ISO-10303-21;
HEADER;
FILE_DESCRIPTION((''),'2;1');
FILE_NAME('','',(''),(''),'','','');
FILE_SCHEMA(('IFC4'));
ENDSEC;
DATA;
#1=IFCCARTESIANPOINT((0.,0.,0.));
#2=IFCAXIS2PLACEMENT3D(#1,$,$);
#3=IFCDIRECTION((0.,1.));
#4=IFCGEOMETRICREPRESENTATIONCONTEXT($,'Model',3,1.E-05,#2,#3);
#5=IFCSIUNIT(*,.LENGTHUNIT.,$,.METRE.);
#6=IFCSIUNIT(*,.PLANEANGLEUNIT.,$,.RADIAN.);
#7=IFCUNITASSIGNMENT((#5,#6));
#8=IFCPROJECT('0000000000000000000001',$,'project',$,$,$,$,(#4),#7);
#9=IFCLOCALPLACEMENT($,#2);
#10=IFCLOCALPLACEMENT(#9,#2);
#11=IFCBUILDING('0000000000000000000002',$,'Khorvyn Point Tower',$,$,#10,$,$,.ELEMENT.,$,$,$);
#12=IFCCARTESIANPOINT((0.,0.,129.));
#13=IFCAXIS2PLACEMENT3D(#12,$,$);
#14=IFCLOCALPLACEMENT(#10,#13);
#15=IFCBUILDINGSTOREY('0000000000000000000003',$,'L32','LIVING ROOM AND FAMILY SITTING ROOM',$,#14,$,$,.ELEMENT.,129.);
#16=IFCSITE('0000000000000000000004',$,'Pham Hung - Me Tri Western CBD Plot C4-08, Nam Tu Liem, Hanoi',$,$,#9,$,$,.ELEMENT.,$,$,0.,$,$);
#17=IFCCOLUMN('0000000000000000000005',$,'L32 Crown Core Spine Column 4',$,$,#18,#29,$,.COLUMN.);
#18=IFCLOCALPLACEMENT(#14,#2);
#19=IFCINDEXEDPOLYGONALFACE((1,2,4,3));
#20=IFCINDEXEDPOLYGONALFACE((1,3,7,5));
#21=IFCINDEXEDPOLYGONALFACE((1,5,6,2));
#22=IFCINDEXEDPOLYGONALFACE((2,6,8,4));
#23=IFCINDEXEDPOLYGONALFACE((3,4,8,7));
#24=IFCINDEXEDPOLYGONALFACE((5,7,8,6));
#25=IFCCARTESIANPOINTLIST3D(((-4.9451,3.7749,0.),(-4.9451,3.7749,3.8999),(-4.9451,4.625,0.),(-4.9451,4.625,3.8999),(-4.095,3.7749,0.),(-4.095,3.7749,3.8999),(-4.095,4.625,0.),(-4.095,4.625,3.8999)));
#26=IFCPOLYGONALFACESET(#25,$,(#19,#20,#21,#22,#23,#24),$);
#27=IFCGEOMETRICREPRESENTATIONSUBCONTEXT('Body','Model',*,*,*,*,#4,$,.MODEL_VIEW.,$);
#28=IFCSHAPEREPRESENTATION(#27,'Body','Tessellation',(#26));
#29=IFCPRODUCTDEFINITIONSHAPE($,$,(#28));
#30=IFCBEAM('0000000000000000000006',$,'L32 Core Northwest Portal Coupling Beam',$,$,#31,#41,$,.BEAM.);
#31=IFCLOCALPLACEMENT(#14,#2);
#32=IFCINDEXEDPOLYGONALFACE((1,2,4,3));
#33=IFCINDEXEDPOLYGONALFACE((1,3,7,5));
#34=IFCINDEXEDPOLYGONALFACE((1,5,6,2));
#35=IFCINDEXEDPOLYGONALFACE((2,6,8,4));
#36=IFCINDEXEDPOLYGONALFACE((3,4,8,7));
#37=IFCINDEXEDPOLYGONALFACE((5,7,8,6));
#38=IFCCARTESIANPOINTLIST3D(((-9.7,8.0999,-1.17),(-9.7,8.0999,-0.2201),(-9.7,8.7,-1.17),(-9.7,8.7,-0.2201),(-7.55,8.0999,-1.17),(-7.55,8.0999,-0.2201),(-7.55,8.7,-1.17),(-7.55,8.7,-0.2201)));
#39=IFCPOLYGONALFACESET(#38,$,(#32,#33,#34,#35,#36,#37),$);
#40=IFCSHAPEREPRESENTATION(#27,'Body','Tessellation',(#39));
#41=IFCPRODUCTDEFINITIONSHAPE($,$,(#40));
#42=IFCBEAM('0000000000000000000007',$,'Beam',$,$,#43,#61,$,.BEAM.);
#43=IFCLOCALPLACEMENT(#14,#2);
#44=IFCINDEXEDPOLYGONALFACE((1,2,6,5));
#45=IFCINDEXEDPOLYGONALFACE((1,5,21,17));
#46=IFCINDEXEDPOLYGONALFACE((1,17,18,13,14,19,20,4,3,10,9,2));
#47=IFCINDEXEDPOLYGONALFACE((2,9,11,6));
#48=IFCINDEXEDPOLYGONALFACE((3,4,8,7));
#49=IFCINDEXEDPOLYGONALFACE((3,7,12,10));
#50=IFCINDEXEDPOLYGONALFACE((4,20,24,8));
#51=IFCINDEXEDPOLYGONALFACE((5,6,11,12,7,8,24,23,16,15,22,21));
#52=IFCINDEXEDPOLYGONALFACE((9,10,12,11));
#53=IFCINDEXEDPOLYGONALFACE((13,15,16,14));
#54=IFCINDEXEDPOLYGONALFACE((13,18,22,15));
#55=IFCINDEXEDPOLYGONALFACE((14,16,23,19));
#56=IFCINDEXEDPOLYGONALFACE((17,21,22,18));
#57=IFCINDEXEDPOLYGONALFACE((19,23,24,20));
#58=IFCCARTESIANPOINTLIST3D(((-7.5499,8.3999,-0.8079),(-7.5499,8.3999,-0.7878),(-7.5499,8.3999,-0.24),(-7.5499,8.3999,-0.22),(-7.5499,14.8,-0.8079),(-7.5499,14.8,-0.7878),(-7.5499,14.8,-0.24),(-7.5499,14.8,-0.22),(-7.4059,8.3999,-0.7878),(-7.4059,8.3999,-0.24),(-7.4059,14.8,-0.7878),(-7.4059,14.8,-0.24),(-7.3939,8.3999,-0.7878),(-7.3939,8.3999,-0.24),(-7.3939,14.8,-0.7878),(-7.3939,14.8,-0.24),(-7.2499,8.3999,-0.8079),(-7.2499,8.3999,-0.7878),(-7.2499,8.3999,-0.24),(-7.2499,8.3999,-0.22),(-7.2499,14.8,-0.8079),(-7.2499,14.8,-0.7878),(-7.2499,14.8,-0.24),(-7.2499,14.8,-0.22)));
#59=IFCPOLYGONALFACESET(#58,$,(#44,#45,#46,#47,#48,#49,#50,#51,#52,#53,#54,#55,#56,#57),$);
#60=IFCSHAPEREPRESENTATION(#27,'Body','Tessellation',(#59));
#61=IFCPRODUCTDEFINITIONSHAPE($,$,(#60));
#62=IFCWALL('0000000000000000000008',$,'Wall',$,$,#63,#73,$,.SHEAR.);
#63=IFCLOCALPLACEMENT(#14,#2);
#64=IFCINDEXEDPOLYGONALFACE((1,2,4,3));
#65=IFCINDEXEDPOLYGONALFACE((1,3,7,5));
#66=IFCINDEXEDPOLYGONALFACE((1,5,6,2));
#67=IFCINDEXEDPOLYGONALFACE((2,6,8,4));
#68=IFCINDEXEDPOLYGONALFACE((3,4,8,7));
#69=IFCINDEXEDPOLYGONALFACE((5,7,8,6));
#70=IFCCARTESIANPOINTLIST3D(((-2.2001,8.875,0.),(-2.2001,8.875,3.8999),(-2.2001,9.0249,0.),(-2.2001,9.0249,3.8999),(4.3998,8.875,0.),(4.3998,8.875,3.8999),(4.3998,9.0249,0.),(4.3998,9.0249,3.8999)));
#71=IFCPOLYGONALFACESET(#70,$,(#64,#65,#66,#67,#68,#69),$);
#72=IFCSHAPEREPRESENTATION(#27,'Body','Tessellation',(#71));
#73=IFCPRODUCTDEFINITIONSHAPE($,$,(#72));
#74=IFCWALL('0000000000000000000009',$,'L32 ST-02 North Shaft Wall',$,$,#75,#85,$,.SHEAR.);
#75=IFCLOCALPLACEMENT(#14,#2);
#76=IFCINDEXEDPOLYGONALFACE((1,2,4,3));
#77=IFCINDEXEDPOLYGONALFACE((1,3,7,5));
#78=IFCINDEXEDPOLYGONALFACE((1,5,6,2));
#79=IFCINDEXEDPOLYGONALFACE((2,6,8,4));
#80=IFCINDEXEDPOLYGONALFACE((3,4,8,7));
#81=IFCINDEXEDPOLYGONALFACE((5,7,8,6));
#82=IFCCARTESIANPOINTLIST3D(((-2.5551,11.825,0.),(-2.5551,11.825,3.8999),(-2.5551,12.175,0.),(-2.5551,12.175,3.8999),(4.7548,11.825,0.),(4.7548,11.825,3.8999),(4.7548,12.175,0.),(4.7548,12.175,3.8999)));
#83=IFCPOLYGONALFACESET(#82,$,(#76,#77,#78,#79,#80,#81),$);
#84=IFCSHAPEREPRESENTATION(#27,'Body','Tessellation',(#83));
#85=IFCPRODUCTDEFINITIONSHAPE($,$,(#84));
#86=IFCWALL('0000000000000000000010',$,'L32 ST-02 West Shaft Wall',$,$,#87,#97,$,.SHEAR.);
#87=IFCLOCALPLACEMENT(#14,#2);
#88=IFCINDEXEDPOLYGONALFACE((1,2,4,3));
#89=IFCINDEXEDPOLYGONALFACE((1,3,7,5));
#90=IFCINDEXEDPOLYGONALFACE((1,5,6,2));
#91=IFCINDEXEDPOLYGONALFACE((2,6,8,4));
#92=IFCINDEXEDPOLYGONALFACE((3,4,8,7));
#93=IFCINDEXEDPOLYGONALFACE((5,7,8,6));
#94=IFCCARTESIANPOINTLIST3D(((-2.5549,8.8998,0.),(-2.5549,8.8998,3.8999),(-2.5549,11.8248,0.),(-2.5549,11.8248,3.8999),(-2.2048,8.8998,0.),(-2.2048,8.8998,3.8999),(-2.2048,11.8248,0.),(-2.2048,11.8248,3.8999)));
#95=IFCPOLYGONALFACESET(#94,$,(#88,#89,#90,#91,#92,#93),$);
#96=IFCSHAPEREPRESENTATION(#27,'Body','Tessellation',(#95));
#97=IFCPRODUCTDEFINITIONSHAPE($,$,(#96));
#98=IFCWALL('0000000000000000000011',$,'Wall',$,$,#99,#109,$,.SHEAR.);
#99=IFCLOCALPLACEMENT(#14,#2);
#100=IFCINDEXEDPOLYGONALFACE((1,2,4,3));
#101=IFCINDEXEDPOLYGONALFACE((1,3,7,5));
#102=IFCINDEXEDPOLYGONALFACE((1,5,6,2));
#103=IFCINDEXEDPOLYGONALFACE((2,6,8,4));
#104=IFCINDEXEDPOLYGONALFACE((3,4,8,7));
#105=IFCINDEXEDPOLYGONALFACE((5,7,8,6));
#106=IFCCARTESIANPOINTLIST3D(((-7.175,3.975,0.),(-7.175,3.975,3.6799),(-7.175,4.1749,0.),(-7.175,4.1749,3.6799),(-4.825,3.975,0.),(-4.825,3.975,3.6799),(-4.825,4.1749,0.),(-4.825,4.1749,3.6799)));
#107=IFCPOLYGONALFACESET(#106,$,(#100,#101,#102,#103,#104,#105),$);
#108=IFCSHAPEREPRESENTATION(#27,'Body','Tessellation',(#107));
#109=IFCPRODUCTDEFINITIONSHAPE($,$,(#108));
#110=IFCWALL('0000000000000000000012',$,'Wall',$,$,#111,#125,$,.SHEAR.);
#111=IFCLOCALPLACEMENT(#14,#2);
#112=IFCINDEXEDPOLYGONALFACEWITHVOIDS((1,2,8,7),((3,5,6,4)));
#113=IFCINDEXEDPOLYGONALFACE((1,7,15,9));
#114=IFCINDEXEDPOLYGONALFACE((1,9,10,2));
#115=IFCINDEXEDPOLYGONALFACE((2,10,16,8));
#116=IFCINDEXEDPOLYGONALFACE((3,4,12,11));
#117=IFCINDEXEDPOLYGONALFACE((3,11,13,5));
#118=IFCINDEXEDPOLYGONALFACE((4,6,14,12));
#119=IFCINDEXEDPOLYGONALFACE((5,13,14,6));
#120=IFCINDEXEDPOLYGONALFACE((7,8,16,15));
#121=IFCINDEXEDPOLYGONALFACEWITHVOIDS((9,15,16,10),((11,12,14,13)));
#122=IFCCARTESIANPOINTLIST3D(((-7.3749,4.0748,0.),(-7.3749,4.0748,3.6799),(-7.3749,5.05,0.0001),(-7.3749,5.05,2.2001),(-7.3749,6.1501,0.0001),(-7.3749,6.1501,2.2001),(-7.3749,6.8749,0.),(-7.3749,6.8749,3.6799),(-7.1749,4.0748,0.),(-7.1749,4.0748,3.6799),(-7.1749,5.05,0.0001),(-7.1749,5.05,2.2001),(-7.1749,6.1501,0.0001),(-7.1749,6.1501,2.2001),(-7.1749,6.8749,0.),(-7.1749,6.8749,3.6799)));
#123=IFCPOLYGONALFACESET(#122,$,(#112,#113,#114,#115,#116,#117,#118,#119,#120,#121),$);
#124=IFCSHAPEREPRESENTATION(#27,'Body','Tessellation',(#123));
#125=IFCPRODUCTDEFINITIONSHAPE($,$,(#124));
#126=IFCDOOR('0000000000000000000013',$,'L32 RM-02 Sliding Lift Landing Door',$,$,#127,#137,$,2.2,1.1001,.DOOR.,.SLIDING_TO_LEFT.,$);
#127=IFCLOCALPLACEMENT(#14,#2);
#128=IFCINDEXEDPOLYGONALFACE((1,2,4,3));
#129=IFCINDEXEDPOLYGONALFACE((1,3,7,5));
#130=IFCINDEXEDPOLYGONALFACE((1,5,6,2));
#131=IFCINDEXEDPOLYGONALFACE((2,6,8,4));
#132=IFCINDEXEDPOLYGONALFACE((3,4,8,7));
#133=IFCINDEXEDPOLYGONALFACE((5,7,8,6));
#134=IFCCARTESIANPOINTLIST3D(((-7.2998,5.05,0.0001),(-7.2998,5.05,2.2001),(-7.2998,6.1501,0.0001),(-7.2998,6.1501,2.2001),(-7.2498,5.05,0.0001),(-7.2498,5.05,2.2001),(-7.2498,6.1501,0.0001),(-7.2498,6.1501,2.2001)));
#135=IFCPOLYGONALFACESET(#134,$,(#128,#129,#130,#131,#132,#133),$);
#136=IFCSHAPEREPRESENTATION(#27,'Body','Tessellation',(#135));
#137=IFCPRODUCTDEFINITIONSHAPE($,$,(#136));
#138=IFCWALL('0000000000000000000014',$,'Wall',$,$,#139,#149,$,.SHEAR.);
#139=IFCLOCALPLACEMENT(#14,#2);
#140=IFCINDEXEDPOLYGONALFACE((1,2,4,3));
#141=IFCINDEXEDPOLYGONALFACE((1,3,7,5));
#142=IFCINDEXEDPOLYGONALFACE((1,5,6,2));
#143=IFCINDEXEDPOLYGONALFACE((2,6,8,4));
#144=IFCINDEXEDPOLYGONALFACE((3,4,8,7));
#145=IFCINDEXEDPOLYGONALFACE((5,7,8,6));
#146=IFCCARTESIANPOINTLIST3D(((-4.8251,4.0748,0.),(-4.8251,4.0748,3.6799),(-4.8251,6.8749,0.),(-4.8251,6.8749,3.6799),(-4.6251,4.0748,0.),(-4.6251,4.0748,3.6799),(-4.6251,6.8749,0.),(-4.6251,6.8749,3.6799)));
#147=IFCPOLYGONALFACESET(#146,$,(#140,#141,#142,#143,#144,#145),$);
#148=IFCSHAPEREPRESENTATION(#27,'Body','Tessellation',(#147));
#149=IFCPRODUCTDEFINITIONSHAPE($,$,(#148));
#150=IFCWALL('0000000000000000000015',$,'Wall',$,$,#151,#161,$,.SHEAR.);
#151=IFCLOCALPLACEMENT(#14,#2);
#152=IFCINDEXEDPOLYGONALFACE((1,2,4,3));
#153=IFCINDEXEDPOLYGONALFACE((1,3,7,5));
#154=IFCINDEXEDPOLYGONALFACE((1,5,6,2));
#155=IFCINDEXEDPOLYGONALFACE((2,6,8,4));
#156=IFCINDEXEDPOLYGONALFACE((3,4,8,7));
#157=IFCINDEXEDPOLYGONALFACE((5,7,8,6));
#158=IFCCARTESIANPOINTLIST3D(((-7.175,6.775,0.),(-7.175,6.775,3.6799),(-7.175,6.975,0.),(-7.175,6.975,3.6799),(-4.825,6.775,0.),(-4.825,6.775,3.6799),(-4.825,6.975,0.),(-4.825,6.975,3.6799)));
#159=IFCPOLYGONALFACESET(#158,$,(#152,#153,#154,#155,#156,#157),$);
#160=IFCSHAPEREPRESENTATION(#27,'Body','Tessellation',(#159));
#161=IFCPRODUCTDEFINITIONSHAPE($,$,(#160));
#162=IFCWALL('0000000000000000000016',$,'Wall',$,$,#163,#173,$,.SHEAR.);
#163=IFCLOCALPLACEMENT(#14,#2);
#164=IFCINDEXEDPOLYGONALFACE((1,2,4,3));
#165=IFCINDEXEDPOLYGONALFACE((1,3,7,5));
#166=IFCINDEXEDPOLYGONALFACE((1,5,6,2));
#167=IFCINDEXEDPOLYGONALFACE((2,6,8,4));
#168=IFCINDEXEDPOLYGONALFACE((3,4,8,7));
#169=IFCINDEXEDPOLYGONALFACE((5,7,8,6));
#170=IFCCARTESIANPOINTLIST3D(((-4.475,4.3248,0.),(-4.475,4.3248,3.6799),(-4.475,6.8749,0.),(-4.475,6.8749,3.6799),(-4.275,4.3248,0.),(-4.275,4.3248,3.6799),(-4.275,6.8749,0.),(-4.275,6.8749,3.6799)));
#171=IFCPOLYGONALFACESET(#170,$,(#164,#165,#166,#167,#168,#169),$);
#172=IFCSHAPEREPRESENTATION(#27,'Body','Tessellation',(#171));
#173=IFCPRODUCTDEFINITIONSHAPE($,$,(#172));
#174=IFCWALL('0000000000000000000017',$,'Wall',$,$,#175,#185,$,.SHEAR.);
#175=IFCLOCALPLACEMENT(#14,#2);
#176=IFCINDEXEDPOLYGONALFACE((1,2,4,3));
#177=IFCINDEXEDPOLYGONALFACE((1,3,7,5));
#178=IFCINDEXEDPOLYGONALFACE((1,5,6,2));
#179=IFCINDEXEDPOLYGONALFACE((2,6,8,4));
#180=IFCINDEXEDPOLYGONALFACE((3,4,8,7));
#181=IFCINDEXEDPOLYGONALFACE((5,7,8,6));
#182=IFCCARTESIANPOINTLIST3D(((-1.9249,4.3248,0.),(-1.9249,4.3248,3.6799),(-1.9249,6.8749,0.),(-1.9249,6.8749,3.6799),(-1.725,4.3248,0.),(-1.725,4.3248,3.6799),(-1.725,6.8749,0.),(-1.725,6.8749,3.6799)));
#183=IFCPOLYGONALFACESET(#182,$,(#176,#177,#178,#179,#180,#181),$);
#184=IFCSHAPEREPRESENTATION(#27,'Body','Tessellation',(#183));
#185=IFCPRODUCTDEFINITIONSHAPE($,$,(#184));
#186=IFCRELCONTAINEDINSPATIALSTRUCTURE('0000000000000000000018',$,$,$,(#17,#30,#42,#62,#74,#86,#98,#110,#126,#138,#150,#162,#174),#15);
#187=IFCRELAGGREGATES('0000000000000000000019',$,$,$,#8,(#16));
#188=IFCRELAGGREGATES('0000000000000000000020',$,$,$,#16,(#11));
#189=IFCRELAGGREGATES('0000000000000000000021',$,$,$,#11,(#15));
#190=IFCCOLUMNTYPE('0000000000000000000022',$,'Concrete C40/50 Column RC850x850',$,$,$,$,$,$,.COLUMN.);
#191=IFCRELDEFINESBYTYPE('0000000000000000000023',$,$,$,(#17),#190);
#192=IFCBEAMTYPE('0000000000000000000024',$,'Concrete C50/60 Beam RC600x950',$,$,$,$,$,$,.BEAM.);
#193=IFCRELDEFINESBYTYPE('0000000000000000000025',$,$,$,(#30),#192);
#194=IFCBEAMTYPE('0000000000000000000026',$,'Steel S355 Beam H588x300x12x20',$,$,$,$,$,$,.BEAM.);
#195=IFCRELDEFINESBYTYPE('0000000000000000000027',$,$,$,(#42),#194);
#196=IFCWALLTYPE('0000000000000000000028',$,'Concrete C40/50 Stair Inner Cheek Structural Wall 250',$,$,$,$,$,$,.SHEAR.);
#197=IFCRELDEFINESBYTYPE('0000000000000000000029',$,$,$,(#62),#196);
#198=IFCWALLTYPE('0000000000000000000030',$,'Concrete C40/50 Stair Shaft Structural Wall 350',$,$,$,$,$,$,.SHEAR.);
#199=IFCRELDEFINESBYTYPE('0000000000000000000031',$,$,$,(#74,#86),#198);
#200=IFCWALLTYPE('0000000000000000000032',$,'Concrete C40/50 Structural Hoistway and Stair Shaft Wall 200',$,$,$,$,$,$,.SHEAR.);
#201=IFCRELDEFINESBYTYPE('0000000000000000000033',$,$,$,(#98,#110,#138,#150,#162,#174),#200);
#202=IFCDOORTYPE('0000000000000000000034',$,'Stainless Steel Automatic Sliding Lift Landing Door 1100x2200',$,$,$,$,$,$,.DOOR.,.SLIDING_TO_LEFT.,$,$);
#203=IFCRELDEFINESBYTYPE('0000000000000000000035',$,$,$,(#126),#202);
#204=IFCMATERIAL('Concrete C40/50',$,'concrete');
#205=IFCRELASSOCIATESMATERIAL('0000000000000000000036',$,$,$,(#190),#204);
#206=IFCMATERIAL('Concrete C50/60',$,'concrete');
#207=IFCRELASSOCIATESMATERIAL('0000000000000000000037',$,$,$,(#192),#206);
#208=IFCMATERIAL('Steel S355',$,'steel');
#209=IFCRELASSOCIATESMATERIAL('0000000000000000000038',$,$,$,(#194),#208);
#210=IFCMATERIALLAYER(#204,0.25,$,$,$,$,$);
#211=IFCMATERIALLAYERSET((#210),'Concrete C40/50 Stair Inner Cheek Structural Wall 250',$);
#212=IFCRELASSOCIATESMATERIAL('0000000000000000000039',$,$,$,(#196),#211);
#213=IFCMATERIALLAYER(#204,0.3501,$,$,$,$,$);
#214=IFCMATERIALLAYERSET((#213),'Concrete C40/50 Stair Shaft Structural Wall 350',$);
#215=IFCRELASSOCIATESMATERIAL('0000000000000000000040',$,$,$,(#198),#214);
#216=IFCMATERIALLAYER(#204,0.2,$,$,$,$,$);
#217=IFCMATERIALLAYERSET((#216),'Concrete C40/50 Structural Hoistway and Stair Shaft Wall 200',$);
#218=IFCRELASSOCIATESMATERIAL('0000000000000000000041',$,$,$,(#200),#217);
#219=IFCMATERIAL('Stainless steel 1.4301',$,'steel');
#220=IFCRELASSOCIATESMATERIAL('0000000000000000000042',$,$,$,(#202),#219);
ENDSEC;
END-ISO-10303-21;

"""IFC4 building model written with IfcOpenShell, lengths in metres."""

from ifc_helpers import new_model, si_unit, direction, frame, frame_2d, origin, origin_2d, place, context, subcontext, project, spatial, rectangle, i_section, extrude, material, layer, layer_set, material_profile, profile_set, type_object, element, fill, save


model = new_model("IFC4")

# Units and contexts
model_context = context("Model", 3, precision=1e-05, world=origin(), true_north=direction((0.0, 1.0)))
body_context = subcontext(model_context, "Body", "Model", "MODEL_VIEW")
ifc_project = project(units=[si_unit("LENGTHUNIT", "METRE"), si_unit("PLANEANGLEUNIT", "RADIAN")], contexts=[model_context])

# Site, building, storey
site_placement = place(None, origin())
site = spatial("IfcSite", under=ifc_project, at=site_placement, Name="Pham Hung - Me Tri Western CBD Plot C4-08, Nam Tu Liem, Hanoi", CompositionType="ELEMENT", RefElevation=0.0)
building_placement = place(site_placement, origin())
building = spatial("IfcBuilding", under=site, at=building_placement, Name="Khorvyn Point Tower", CompositionType="ELEMENT")
storey_placement = place(building_placement, frame((0.0, 0.0, 129.0)))
storey = spatial("IfcBuildingStorey", under=building, at=storey_placement, Name="L32", Description="LIVING ROOM AND FAMILY SITTING ROOM", CompositionType="ELEMENT", Elevation=129.0)

# Column
ifc_material_1 = material(Name="Concrete C40/50", Category="concrete")
ifc_material_profile_1 = material_profile(ifc_material_1, rectangle(XDim=0.8501, YDim=0.8501, at=origin_2d()))
ifc_profile_set_1 = profile_set([ifc_material_profile_1], Name="Concrete C40/50 RC850x850")
column_type = type_object("IfcColumnType", Name="Concrete C40/50 Column RC850x850", PredefinedType="COLUMN", material=ifc_profile_set_1)
column_placement = place(storey_placement, frame((-4.52, 4.2, 0.0), z_axis=(0.0, 0.0, 1.0), x_axis=(1.0, 0.0, 0.0)))
element("IfcColumn", 1, at=column_placement, inside=storey, type_object=column_type, Name="L32 Crown Core Spine Column 4", PredefinedType="COLUMN", context=body_context, shape_type="SweptSolid", body=[
    extrude(rectangle(XDim=0.8501, YDim=0.8501, at=origin_2d()), origin(), (0.0, 0.0, 1.0), 3.8999),
])

# Beams
ifc_material_2 = material(Name="Concrete C50/60", Category="concrete")
ifc_material_profile_2 = material_profile(ifc_material_2, rectangle(XDim=0.6001, YDim=0.95, at=origin_2d()))
ifc_profile_set_2 = profile_set([ifc_material_profile_2], Name="Concrete C50/60 RC600x950")
beam_type_1 = type_object("IfcBeamType", Name="Concrete C50/60 Beam RC600x950", PredefinedType="BEAM", material=ifc_profile_set_2)
beam_1_placement = place(storey_placement, frame((-9.7, 8.3999, -0.6951), z_axis=(1.0, 0.0, 0.0), x_axis=(0.0, 1.0, 0.0)))
element("IfcBeam", 2, at=beam_1_placement, inside=storey, type_object=beam_type_1, Name="L32 Core Northwest Portal Coupling Beam", PredefinedType="BEAM", context=body_context, shape_type="SweptSolid", body=[
    extrude(rectangle(XDim=0.6001, YDim=0.95, at=origin_2d()), origin(), (0.0, 0.0, 1.0), 2.1499),
])
ifc_material_3 = material(Name="Steel S355", Category="steel")
ifc_material_profile_3 = material_profile(ifc_material_3, i_section(OverallWidth=0.3, OverallDepth=0.5879, WebThickness=0.012, FlangeThickness=0.02, at=origin_2d()))
ifc_profile_set_3 = profile_set([ifc_material_profile_3], Name="Steel S355 H588x300x12x20")
beam_type_2 = type_object("IfcBeamType", Name="Steel S355 Beam H588x300x12x20", PredefinedType="BEAM", material=ifc_profile_set_3)
beam_2_placement = place(storey_placement, frame((-7.3999, 8.3999, -0.5139), z_axis=(0.0, 1.0, 0.0), x_axis=(-1.0, 0.0, 0.0)))
element("IfcBeam", 3, at=beam_2_placement, inside=storey, type_object=beam_type_2, Name="Beam", PredefinedType="BEAM", context=body_context, shape_type="SweptSolid", body=[
    extrude(i_section(OverallWidth=0.3, OverallDepth=0.5879, WebThickness=0.012, FlangeThickness=0.02, at=origin_2d()), origin(), (0.0, 0.0, 1.0), 6.4001),
])

# Walls
ifc_layer_1 = layer(ifc_material_1, 0.25)
ifc_layer_set_1 = layer_set([ifc_layer_1], Name="Concrete C40/50 Stair Inner Cheek Structural Wall 250")
wall_type_1 = type_object("IfcWallType", Name="Concrete C40/50 Stair Inner Cheek Structural Wall 250", PredefinedType="SHEAR", material=ifc_layer_set_1)
wall_1_placement = place(storey_placement, frame((-2.2, 8.95, 0.0), z_axis=(0.0, 0.0, 1.0), x_axis=(1.0, 0.0, 0.0)))
element("IfcWall", 4, at=wall_1_placement, inside=storey, type_object=wall_type_1, Name="Wall", PredefinedType="SHEAR", context=body_context, shape_type="SweptSolid", body=[
    extrude(rectangle(XDim=6.5999, YDim=0.1499, at=frame_2d((3.2998, 0.0))), origin(), (0.0, 0.0, 1.0), 3.8999),
])
ifc_layer_2 = layer(ifc_material_1, 0.3501)
ifc_layer_set_2 = layer_set([ifc_layer_2], Name="Concrete C40/50 Stair Shaft Structural Wall 350")
wall_type_2 = type_object("IfcWallType", Name="Concrete C40/50 Stair Shaft Structural Wall 350", PredefinedType="SHEAR", material=ifc_layer_set_2)
wall_2_placement = place(storey_placement, frame((-2.5549, 12.0, 0.0), z_axis=(0.0, 0.0, 1.0), x_axis=(1.0, 0.0, 0.0)))
element("IfcWall", 5, at=wall_2_placement, inside=storey, type_object=wall_type_2, Name="L32 ST-02 North Shaft Wall", PredefinedType="SHEAR", context=body_context, shape_type="SweptSolid", body=[
    extrude(rectangle(XDim=7.3098, YDim=0.3501, at=frame_2d((3.6548, 0.0))), origin(), (0.0, 0.0, 1.0), 3.8999),
])
wall_3_placement = place(storey_placement, frame((-2.3799, 8.8999, 0.0), z_axis=(0.0, 0.0, 1.0), x_axis=(0.0, 1.0, 0.0)))
element("IfcWall", 6, at=wall_3_placement, inside=storey, type_object=wall_type_2, Name="L32 ST-02 West Shaft Wall", PredefinedType="SHEAR", context=body_context, shape_type="SweptSolid", body=[
    extrude(rectangle(XDim=2.925, YDim=0.3501, at=frame_2d((1.4624, 0.0))), origin(), (0.0, 0.0, 1.0), 3.8999),
])
ifc_layer_3 = layer(ifc_material_1, 0.2)
ifc_layer_set_3 = layer_set([ifc_layer_3], Name="Concrete C40/50 Structural Hoistway and Stair Shaft Wall 200")
wall_type_3 = type_object("IfcWallType", Name="Concrete C40/50 Structural Hoistway and Stair Shaft Wall 200", PredefinedType="SHEAR", material=ifc_layer_set_3)
wall_4_placement = place(storey_placement, frame((-7.175, 4.075, 0.0), z_axis=(0.0, 0.0, 1.0), x_axis=(1.0, 0.0, 0.0)))
element("IfcWall", 7, at=wall_4_placement, inside=storey, type_object=wall_type_3, Name="Wall", PredefinedType="SHEAR", context=body_context, shape_type="SweptSolid", body=[
    extrude(rectangle(XDim=2.3501, YDim=0.2, at=frame_2d((1.175, 0.0))), origin(), (0.0, 0.0, 1.0), 3.6799),
])

# Wall, opening, door
wall_5_placement = place(storey_placement, frame((-7.2749, 4.075, 0.0), z_axis=(0.0, 0.0, 1.0), x_axis=(0.0, 1.0, 0.0)))
wall_5 = element("IfcWall", 8, at=wall_5_placement, inside=storey, type_object=wall_type_3, Name="Wall", PredefinedType="SHEAR", context=body_context, shape_type="SweptSolid", body=[
    extrude(rectangle(XDim=2.8, YDim=0.2, at=frame_2d((1.3999, 0.0))), origin(), (0.0, 0.0, 1.0), 3.6799),
])
opening_1_placement = place(wall_5_placement, frame((0.9751, 0.0, 0.0)))
opening_1 = element("IfcOpeningElement", 9, at=opening_1_placement, cuts=wall_5, PredefinedType="OPENING", context=body_context, shape_type="SweptSolid", body=[
    extrude(rectangle(XDim=1.1001, YDim=2.2, at=frame_2d((0.55, 1.1001))), frame((0.0, 0.1099, 0.0), z_axis=(0.0, -1.0, 0.0), x_axis=(1.0, 0.0, 0.0)), (0.0, 0.0, 1.0), 0.22),
])
ifc_material_4 = material(Name="Stainless steel 1.4301", Category="steel")
door_type_1 = type_object("IfcDoorType", Name="Stainless Steel Automatic Sliding Lift Landing Door 1100x2200", OperationType="SLIDING_TO_LEFT", PredefinedType="DOOR", material=ifc_material_4)
door_1_placement = place(opening_1_placement, origin())
door_1 = element("IfcDoor", 10, at=door_1_placement, inside=storey, type_object=door_type_1, Name="L32 RM-02 Sliding Lift Landing Door", OperationType="SLIDING_TO_LEFT", OverallHeight=2.2, OverallWidth=1.1001, PredefinedType="DOOR", context=body_context, shape_type="SweptSolid", body=[
    extrude(rectangle(XDim=1.1001, YDim=2.2, at=frame_2d((0.55, 1.1001))), frame((0.0, 0.0249, 0.0), z_axis=(0.0, -1.0, 0.0), x_axis=(1.0, 0.0, 0.0)), (0.0, 0.0, 1.0), 0.05),
])
fill(opening_1, door_1)

# Walls
wall_6_placement = place(storey_placement, frame((-4.7251, 4.075, 0.0), z_axis=(0.0, 0.0, 1.0), x_axis=(0.0, 1.0, 0.0)))
element("IfcWall", 11, at=wall_6_placement, inside=storey, type_object=wall_type_3, Name="Wall", PredefinedType="SHEAR", context=body_context, shape_type="SweptSolid", body=[
    extrude(rectangle(XDim=2.8, YDim=0.2, at=frame_2d((1.3999, 0.0))), origin(), (0.0, 0.0, 1.0), 3.6799),
])
wall_7_placement = place(storey_placement, frame((-7.175, 6.875, 0.0), z_axis=(0.0, 0.0, 1.0), x_axis=(1.0, 0.0, 0.0)))
element("IfcWall", 12, at=wall_7_placement, inside=storey, type_object=wall_type_3, Name="Wall", PredefinedType="SHEAR", context=body_context, shape_type="SweptSolid", body=[
    extrude(rectangle(XDim=2.3501, YDim=0.2, at=frame_2d((1.175, 0.0))), origin(), (0.0, 0.0, 1.0), 3.6799),
])
for number, where, z_axis, x_axis, name in (
    (13, (-4.375, 4.325, 0.0), (0.0, 0.0, 1.0), (0.0, 1.0, 0.0), "Wall"),
    (14, (-1.825, 4.325, 0.0), (0.0, 0.0, 1.0), (0.0, 1.0, 0.0), "Wall"),
):
    element("IfcWall", number, at=place(storey_placement, frame(where, z_axis=z_axis, x_axis=x_axis)), inside=storey, type_object=wall_type_3, Name=name, PredefinedType="SHEAR", context=body_context, shape_type="SweptSolid", body=[
        extrude(rectangle(XDim=2.55, YDim=0.2, at=frame_2d((1.2749, 0.0))), origin(), (0.0, 0.0, 1.0), 3.6799),
    ])

save(model, "model.ifc")
